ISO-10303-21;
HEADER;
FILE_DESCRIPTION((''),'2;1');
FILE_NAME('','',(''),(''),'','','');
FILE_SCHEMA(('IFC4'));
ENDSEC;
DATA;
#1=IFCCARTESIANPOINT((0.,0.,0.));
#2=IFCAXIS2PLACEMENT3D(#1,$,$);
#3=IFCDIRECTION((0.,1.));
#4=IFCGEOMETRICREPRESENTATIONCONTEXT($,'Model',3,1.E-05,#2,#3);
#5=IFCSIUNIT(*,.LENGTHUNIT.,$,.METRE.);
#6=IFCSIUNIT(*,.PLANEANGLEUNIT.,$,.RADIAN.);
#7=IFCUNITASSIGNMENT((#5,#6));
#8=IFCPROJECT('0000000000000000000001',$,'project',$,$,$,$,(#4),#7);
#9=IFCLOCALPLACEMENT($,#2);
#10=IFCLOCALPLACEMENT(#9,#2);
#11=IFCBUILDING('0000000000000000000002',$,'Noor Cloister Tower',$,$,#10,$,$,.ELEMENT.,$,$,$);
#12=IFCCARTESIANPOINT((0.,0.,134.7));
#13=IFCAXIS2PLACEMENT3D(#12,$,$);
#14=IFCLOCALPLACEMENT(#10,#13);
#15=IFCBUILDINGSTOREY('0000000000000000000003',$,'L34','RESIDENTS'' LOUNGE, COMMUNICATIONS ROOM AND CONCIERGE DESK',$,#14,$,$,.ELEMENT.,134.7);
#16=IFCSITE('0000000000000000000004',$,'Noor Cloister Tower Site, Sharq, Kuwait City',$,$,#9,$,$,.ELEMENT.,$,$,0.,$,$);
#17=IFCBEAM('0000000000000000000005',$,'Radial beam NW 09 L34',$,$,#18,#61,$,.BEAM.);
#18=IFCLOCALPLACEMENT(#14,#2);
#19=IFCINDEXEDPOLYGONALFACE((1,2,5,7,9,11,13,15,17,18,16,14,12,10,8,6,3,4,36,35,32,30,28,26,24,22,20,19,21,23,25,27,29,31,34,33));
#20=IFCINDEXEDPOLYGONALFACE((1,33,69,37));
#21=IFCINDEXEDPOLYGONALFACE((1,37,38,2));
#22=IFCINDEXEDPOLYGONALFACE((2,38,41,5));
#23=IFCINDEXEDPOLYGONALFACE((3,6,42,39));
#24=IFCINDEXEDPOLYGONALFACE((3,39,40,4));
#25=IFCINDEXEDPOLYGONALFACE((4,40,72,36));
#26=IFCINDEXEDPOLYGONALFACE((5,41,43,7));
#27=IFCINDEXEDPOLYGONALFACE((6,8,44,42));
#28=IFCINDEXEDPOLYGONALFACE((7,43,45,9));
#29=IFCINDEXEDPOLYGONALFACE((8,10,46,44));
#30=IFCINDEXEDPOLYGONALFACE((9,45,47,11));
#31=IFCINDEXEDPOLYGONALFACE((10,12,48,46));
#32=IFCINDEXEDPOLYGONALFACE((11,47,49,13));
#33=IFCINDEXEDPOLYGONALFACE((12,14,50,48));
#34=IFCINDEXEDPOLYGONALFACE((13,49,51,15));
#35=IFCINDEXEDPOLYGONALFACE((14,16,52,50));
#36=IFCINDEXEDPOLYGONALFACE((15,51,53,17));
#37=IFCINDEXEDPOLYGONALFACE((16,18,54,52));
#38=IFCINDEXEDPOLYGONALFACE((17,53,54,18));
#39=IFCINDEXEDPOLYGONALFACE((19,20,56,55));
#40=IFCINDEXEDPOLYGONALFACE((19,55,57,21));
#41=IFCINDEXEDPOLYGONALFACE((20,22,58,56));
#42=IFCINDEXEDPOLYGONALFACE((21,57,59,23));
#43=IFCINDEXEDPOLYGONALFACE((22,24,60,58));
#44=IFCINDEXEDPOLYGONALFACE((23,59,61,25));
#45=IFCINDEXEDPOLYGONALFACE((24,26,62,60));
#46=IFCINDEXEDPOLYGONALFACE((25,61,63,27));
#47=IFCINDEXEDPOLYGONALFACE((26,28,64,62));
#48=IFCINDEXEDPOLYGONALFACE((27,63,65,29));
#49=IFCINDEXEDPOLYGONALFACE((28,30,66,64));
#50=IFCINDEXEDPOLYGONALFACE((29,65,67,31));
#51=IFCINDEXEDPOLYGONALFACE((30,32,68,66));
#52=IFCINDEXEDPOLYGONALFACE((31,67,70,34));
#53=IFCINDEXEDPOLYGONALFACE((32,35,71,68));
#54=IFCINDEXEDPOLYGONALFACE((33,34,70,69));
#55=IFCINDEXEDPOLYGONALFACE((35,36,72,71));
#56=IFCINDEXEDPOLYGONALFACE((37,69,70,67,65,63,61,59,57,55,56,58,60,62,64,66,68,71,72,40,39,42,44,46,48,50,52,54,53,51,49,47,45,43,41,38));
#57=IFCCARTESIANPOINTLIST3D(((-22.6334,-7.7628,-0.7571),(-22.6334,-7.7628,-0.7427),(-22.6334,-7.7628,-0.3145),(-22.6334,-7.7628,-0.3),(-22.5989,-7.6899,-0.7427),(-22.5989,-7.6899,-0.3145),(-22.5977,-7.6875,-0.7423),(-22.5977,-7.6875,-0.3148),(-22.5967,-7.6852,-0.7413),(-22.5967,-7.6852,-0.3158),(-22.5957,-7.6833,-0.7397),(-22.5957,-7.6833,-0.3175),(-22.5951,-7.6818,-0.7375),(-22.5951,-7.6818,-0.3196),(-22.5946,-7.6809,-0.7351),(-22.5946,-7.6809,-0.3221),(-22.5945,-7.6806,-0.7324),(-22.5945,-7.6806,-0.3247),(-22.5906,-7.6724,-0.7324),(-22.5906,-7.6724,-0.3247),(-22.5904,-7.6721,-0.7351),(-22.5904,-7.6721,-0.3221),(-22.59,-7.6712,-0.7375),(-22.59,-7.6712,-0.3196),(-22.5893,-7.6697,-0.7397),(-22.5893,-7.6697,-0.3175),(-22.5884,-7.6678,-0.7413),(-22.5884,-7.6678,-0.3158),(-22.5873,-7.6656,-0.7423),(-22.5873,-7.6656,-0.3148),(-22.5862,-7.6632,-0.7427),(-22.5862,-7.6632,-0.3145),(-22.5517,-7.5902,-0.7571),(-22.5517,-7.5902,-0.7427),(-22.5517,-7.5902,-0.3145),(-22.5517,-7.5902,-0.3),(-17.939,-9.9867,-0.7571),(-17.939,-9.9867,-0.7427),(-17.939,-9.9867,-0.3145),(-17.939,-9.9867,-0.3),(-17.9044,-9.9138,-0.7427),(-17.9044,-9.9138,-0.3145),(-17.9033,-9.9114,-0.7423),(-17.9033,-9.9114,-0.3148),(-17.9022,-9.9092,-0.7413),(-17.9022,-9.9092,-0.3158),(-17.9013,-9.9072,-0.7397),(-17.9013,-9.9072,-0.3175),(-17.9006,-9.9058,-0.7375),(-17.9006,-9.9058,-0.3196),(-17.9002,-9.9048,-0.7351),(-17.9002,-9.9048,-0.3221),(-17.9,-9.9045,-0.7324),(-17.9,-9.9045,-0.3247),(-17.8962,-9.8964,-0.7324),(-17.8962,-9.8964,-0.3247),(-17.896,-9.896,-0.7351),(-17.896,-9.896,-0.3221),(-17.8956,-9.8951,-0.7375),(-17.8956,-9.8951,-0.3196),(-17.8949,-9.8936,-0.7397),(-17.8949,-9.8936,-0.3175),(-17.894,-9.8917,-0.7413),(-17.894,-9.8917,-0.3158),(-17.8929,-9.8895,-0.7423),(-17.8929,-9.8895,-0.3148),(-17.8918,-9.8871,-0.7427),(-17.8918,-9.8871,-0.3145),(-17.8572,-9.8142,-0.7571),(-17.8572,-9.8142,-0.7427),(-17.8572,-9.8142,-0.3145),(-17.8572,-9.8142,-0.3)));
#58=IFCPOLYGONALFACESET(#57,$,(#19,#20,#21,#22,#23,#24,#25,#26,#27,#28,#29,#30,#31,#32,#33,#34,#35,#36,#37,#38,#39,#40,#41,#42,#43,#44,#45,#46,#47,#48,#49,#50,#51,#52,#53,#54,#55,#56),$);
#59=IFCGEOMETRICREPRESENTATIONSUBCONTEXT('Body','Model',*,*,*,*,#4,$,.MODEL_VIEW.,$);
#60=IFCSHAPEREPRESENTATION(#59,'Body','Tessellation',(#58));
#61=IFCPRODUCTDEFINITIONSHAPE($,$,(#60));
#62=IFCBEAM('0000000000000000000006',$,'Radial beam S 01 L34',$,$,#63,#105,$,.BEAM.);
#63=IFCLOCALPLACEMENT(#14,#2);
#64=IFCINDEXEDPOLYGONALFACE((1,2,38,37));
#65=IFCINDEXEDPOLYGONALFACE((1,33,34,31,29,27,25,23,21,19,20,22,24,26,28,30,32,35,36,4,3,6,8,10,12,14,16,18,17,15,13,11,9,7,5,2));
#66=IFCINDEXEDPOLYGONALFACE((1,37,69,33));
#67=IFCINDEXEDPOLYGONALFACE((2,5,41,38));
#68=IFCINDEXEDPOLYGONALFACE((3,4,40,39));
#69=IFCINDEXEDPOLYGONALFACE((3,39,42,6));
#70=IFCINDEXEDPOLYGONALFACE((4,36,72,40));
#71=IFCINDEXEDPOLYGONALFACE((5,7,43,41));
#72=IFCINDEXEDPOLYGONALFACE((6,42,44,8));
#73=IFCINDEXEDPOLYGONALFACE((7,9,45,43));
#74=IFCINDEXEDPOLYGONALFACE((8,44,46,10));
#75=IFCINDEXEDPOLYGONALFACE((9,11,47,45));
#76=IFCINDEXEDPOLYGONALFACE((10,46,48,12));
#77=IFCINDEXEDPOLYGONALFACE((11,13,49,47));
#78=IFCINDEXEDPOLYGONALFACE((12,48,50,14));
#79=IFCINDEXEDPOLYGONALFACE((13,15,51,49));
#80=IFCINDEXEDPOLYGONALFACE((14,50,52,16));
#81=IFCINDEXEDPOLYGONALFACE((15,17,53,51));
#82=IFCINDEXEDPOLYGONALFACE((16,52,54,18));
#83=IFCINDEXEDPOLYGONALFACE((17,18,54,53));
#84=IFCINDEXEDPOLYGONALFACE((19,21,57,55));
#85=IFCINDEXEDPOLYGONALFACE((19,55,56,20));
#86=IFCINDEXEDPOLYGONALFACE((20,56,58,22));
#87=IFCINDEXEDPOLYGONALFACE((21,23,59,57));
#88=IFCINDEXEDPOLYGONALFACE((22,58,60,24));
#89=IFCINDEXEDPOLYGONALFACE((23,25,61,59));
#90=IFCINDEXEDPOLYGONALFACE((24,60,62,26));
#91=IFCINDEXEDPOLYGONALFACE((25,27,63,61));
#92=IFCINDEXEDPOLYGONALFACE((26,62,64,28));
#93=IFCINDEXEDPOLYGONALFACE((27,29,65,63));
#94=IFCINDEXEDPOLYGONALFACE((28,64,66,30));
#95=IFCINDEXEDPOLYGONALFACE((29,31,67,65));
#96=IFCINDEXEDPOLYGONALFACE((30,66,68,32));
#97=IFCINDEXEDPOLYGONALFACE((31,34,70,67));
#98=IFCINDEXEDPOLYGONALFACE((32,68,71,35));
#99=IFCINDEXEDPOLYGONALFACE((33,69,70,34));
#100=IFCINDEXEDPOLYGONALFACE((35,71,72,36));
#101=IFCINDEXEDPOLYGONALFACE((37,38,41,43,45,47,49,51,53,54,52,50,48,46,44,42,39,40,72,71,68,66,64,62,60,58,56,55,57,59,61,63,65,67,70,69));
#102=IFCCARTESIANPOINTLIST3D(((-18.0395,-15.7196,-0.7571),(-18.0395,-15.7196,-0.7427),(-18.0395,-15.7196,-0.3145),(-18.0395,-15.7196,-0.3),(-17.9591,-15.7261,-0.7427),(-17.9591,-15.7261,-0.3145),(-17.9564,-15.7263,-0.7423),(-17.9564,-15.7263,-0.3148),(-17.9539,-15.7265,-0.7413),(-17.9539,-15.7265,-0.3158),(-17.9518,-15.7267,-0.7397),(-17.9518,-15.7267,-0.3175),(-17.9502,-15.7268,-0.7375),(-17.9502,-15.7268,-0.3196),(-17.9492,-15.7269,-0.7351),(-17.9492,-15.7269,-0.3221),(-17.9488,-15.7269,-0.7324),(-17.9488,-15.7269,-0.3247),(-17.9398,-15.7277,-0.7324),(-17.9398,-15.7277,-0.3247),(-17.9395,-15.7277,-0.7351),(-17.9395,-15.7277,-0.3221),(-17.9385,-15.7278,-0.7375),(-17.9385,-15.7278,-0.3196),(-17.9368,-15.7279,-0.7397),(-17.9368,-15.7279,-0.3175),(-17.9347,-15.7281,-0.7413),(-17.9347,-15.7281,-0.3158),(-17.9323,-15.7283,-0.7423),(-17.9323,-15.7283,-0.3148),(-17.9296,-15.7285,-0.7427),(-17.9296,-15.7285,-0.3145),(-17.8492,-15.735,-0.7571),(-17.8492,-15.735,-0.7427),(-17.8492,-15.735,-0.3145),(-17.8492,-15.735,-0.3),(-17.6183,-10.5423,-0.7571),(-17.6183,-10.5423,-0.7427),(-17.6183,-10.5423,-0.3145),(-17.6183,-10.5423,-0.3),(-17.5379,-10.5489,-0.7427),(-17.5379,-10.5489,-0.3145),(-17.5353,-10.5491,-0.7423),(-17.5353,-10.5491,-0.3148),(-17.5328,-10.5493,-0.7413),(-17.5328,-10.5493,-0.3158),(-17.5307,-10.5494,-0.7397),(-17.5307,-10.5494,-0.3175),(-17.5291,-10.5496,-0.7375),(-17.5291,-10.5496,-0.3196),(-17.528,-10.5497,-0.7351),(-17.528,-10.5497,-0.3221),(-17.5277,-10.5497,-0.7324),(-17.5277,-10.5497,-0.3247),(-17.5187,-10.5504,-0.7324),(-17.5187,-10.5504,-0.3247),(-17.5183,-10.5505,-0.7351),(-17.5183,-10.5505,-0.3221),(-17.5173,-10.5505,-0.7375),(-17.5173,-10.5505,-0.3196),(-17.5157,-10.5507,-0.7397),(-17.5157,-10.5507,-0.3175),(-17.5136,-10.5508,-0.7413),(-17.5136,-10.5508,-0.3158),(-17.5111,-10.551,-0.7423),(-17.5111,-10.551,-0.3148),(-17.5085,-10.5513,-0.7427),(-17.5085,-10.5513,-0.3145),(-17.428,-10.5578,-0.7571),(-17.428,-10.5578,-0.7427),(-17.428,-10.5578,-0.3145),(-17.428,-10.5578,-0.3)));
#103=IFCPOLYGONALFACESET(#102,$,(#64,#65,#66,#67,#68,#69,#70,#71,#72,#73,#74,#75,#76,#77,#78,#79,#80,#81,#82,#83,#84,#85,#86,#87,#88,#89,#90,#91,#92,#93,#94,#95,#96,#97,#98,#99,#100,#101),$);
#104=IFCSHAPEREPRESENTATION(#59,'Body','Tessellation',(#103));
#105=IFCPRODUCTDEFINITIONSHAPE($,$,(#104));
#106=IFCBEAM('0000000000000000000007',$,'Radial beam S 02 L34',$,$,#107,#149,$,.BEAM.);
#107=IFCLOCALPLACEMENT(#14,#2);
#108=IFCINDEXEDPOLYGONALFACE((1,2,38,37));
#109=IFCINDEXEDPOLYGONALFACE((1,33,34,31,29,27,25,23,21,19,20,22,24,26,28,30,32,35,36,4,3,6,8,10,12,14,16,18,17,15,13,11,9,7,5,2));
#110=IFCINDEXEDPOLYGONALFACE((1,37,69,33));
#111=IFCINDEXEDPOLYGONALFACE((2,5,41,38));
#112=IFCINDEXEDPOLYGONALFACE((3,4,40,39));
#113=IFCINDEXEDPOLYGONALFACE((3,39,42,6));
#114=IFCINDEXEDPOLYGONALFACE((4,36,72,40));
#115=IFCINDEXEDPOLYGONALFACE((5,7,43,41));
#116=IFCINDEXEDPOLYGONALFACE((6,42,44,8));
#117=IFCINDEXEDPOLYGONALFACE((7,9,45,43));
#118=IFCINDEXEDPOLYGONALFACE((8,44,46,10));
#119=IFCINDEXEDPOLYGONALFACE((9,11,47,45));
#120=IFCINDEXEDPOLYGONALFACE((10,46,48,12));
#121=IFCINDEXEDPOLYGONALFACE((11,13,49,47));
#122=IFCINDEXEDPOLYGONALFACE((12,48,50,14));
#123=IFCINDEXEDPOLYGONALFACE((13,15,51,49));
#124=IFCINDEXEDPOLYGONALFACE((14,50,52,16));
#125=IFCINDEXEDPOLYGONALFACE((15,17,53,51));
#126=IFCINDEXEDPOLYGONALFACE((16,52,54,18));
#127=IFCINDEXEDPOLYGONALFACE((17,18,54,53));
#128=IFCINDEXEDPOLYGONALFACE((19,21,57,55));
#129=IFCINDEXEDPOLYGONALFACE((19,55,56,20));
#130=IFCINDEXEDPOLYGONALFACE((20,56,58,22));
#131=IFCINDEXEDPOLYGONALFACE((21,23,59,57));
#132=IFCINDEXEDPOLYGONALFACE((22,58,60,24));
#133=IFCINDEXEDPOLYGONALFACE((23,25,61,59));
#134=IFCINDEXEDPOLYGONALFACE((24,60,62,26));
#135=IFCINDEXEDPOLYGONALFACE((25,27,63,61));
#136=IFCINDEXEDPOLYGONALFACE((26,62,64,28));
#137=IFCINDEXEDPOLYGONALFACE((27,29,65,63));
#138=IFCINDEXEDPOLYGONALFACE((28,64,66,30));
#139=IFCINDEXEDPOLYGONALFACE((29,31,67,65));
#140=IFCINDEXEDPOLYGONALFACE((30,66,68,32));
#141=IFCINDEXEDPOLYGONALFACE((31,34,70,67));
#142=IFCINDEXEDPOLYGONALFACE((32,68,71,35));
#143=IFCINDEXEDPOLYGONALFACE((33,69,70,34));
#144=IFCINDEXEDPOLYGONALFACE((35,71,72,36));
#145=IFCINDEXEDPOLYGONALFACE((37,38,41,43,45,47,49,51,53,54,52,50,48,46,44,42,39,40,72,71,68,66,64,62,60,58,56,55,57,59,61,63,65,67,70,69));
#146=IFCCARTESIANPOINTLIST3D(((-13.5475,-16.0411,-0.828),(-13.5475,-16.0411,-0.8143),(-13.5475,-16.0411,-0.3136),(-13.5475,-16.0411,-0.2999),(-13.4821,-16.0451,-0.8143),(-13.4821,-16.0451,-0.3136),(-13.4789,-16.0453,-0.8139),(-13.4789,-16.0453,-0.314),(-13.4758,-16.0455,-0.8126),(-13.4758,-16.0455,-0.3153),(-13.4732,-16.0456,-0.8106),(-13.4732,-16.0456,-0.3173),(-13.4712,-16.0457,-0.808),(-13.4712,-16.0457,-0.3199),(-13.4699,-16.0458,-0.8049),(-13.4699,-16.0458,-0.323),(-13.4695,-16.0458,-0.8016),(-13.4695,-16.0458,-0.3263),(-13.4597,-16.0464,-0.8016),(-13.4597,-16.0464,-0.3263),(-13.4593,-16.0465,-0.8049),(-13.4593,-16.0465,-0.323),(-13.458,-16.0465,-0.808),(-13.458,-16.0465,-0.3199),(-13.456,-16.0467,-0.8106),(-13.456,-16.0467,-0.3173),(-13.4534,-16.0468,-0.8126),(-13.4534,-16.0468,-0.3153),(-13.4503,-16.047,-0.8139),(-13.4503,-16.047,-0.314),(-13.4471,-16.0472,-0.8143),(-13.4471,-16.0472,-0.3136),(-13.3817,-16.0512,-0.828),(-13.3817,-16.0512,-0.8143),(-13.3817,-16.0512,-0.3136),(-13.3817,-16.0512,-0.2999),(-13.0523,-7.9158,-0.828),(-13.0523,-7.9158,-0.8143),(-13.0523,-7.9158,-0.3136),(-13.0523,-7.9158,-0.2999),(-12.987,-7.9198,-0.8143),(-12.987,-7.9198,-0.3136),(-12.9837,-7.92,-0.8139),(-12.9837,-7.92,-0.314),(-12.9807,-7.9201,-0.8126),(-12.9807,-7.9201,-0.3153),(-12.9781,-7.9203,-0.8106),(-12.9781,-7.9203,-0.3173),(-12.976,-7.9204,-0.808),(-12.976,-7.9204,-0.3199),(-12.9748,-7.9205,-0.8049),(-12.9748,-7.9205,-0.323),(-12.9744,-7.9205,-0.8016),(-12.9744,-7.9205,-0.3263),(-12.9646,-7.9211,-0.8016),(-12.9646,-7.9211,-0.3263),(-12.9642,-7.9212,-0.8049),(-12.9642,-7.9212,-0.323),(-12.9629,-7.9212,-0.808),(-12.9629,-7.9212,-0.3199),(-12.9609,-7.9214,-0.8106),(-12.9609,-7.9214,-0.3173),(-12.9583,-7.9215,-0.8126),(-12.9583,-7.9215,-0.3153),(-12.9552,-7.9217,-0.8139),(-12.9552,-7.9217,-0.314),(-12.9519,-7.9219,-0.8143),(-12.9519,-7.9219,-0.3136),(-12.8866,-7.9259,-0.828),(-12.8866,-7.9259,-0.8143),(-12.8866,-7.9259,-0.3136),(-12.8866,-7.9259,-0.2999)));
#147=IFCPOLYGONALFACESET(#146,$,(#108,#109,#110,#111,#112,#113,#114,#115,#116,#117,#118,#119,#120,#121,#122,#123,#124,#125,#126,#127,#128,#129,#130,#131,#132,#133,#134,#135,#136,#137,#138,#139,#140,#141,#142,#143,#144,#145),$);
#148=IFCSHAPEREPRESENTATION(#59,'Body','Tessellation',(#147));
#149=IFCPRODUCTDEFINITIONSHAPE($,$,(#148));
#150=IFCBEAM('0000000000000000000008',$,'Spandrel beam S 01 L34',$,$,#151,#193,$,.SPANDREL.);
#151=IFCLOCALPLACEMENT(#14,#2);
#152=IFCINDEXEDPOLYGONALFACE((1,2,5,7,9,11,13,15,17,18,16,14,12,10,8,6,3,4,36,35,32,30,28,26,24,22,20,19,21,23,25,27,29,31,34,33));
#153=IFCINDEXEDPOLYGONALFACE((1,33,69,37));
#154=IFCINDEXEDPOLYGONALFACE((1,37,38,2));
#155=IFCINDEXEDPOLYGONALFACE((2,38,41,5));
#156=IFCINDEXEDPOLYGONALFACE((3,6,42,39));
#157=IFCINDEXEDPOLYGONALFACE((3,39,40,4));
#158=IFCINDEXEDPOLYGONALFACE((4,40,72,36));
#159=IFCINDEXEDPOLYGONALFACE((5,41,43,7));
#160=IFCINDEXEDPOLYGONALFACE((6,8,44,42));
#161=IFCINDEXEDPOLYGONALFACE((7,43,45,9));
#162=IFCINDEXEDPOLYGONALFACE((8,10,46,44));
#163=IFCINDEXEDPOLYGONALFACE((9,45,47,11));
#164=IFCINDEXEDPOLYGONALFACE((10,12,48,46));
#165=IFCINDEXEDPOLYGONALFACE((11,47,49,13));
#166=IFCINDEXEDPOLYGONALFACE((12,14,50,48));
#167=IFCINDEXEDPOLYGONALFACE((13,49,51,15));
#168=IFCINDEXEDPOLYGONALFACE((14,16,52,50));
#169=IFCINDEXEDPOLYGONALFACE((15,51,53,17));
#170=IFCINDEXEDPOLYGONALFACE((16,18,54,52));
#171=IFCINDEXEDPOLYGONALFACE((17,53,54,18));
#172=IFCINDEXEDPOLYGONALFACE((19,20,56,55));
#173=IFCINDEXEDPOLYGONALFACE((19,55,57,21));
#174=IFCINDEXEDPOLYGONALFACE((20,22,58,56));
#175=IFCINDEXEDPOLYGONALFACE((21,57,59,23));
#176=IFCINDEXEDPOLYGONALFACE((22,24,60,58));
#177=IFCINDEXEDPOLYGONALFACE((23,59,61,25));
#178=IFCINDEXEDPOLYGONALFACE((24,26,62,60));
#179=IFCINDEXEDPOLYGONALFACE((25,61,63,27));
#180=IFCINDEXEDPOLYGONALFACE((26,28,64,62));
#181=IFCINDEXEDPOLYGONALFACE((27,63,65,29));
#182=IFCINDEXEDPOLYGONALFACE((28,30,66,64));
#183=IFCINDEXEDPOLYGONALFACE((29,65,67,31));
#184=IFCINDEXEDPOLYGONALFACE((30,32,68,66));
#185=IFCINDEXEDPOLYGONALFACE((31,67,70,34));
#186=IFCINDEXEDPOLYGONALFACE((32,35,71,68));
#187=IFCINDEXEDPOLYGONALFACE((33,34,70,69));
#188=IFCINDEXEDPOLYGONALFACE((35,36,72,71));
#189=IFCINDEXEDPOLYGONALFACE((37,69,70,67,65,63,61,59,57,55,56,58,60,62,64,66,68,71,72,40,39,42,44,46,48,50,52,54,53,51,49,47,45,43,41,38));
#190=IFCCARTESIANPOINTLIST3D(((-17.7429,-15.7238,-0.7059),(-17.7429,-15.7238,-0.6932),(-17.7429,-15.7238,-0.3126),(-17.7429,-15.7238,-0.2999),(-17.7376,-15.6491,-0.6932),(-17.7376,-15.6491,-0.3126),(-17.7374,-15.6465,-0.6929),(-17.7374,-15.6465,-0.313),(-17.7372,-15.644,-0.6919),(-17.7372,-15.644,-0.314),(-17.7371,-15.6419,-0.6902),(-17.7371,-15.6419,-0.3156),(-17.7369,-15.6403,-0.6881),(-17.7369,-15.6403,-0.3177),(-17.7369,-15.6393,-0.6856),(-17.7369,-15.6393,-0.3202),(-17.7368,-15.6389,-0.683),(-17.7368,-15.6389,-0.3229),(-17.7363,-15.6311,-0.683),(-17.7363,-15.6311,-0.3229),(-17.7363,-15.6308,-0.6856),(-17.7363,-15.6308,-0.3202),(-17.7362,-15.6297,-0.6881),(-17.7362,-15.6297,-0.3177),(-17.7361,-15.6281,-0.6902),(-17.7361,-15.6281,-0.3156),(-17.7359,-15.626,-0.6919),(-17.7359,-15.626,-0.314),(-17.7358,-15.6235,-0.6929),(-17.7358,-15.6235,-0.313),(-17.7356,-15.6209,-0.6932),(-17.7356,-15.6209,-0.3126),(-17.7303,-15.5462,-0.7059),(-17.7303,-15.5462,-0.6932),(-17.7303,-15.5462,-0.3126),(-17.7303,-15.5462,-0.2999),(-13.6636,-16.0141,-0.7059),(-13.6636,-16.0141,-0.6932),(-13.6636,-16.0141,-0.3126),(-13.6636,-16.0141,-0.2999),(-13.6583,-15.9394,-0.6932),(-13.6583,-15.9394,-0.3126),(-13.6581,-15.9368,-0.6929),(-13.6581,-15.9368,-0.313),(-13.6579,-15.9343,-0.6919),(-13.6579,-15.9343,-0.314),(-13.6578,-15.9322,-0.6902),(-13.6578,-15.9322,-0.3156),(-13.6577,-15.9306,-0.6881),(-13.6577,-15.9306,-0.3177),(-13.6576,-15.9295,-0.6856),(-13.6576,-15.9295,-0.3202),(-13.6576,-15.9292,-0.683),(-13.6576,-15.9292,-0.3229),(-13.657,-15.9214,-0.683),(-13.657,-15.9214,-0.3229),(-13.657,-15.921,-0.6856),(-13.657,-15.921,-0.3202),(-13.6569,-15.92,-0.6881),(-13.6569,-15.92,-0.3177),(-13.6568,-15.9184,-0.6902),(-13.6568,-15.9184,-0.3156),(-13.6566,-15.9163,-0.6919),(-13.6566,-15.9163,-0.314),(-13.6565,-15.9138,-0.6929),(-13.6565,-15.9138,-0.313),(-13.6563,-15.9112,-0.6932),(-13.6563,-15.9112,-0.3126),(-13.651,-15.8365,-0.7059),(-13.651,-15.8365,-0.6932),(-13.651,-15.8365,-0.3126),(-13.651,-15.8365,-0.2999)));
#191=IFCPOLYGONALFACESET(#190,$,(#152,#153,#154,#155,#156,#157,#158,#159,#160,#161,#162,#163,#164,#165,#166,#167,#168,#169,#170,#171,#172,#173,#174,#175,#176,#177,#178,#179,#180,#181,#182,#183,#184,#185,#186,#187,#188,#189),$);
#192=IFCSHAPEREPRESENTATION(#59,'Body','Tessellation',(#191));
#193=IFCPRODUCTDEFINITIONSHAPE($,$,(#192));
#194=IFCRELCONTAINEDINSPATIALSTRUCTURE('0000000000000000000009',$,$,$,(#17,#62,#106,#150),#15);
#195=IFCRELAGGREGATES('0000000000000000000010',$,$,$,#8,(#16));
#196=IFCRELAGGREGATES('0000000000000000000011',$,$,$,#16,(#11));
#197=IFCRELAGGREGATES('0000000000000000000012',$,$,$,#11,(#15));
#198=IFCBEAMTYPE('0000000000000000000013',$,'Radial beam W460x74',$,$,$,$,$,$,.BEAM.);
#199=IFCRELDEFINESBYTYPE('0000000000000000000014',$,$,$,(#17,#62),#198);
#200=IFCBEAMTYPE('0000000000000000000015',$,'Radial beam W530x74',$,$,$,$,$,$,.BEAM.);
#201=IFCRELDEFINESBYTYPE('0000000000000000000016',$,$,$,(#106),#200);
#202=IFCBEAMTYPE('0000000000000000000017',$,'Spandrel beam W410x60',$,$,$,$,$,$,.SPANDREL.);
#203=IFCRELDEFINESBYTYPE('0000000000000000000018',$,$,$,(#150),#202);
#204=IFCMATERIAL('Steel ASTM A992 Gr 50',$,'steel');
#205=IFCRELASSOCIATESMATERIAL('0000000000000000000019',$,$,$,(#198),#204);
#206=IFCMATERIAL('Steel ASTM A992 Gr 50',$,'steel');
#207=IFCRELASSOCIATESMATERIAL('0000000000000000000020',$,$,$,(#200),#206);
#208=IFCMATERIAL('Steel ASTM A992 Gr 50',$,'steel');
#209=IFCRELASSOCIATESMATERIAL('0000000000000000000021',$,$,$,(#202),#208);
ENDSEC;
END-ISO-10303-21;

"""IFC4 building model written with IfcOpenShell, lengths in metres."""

from ifc_helpers import new_model, si_unit, direction, frame, origin, origin_2d, place, context, subcontext, project, spatial, i_section, extrude, material, material_profile, profile_set, type_object, element, save


model = new_model("IFC4")

# Units and contexts
model_context = context("Model", 3, precision=1e-05, world=origin(), true_north=direction((0.0, 1.0)))
body_context = subcontext(model_context, "Body", "Model", "MODEL_VIEW")
ifc_project = project(units=[si_unit("LENGTHUNIT", "METRE"), si_unit("PLANEANGLEUNIT", "RADIAN")], contexts=[model_context])

# Site, building, storey
site_placement = place(None, origin())
site = spatial("IfcSite", under=ifc_project, at=site_placement, Name="Noor Cloister Tower Site, Sharq, Kuwait City", CompositionType="ELEMENT", RefElevation=0.0)
building_placement = place(site_placement, origin())
building = spatial("IfcBuilding", under=site, at=building_placement, Name="Noor Cloister Tower", CompositionType="ELEMENT")
storey_placement = place(building_placement, frame((0.0, 0.0, 134.7)))
storey = spatial("IfcBuildingStorey", under=building, at=storey_placement, Name="L34", Description="RESIDENTS' LOUNGE, COMMUNICATIONS ROOM AND CONCIERGE DESK", CompositionType="ELEMENT", Elevation=134.7)

# Beams
ifc_material_1 = material(Name="Steel ASTM A992 Gr 50", Category="steel")
ifc_material_profile_1 = material_profile(ifc_material_1, i_section(OverallWidth=0.1909, OverallDepth=0.457, WebThickness=0.009, FlangeThickness=0.0144, FilletRadius=0.0103, at=origin_2d()), Name="W460x74")
ifc_profile_set_1 = profile_set([ifc_material_profile_1], Name="Steel ASTM A992 Gr 50")
beam_type_1 = type_object("IfcBeamType", Name="Radial beam W460x74", PredefinedType="BEAM", material=ifc_profile_set_1)
beam_1_placement = place(storey_placement, frame((-22.5925, -7.6765, -0.5286), z_axis=(0.90372, -0.428125, 0.0), x_axis=(0.428125, 0.90372, 0.0)))
element("IfcBeam", 1, at=beam_1_placement, inside=storey, type_object=beam_type_1, Name="Radial beam NW 09 L34", PredefinedType="BEAM", context=body_context, shape_type="SweptSolid", body=[
    extrude(i_section(OverallWidth=0.1909, OverallDepth=0.457, WebThickness=0.009, FlangeThickness=0.0144, FilletRadius=0.0103, at=origin_2d()), origin(), (0.0, 0.0, 1.0), 5.1946),
])
beam_2_placement = place(storey_placement, frame((-17.9443, -15.7273, -0.5286), z_axis=(0.081077, 0.996708, 0.0), x_axis=(-0.996708, 0.081077, 0.0)))
element("IfcBeam", 2, at=beam_2_placement, inside=storey, type_object=beam_type_1, Name="Radial beam S 01 L34", PredefinedType="BEAM", context=body_context, shape_type="SweptSolid", body=[
    extrude(i_section(OverallWidth=0.1909, OverallDepth=0.457, WebThickness=0.009, FlangeThickness=0.0144, FilletRadius=0.0103, at=origin_2d()), origin(), (0.0, 0.0, 1.0), 5.1943),
])
ifc_material_2 = material(Name="Steel ASTM A992 Gr 50", Category="steel")
ifc_material_profile_2 = material_profile(ifc_material_2, i_section(OverallWidth=0.166, OverallDepth=0.5281, WebThickness=0.0098, FlangeThickness=0.0137, FilletRadius=0.0127, at=origin_2d()), Name="W530x74")
ifc_profile_set_2 = profile_set([ifc_material_profile_2], Name="Steel ASTM A992 Gr 50")
beam_type_2 = type_object("IfcBeamType", Name="Radial beam W530x74", PredefinedType="BEAM", material=ifc_profile_set_2)
beam_3_placement = place(storey_placement, frame((-13.4646, -16.0461, -0.564), z_axis=(0.060823, 0.998149, 0.0), x_axis=(-0.998149, 0.060823, 0.0)))
element("IfcBeam", 3, at=beam_3_placement, inside=storey, type_object=beam_type_2, Name="Radial beam S 02 L34", PredefinedType="BEAM", context=body_context, shape_type="SweptSolid", body=[
    extrude(i_section(OverallWidth=0.166, OverallDepth=0.5281, WebThickness=0.0098, FlangeThickness=0.0137, FilletRadius=0.0127, at=origin_2d()), origin(), (0.0, 0.0, 1.0), 8.1404),
])
ifc_material_3 = material(Name="Steel ASTM A992 Gr 50", Category="steel")
ifc_material_profile_3 = material_profile(ifc_material_3, i_section(OverallWidth=0.178, OverallDepth=0.406, WebThickness=0.0078, FlangeThickness=0.0127, FilletRadius=0.0103, at=origin_2d()), Name="W410x60")
ifc_profile_set_3 = profile_set([ifc_material_profile_3], Name="Steel ASTM A992 Gr 50")
beam_type_3 = type_object("IfcBeamType", Name="Spandrel beam W410x60", PredefinedType="SPANDREL", material=ifc_profile_set_3)
beam_4_placement = place(storey_placement, frame((-17.7366, -15.635, -0.5029), z_axis=(0.997478, -0.07098, 0.0), x_axis=(0.07098, 0.997478, 0.0)))
element("IfcBeam", 4, at=beam_4_placement, inside=storey, type_object=beam_type_3, Name="Spandrel beam S 01 L34", PredefinedType="SPANDREL", context=body_context, shape_type="SweptSolid", body=[
    extrude(i_section(OverallWidth=0.178, OverallDepth=0.406, WebThickness=0.0078, FlangeThickness=0.0127, FilletRadius=0.0103, at=origin_2d()), origin(), (0.0, 0.0, 1.0), 4.0896),
])

save(model, "model.ifc")
